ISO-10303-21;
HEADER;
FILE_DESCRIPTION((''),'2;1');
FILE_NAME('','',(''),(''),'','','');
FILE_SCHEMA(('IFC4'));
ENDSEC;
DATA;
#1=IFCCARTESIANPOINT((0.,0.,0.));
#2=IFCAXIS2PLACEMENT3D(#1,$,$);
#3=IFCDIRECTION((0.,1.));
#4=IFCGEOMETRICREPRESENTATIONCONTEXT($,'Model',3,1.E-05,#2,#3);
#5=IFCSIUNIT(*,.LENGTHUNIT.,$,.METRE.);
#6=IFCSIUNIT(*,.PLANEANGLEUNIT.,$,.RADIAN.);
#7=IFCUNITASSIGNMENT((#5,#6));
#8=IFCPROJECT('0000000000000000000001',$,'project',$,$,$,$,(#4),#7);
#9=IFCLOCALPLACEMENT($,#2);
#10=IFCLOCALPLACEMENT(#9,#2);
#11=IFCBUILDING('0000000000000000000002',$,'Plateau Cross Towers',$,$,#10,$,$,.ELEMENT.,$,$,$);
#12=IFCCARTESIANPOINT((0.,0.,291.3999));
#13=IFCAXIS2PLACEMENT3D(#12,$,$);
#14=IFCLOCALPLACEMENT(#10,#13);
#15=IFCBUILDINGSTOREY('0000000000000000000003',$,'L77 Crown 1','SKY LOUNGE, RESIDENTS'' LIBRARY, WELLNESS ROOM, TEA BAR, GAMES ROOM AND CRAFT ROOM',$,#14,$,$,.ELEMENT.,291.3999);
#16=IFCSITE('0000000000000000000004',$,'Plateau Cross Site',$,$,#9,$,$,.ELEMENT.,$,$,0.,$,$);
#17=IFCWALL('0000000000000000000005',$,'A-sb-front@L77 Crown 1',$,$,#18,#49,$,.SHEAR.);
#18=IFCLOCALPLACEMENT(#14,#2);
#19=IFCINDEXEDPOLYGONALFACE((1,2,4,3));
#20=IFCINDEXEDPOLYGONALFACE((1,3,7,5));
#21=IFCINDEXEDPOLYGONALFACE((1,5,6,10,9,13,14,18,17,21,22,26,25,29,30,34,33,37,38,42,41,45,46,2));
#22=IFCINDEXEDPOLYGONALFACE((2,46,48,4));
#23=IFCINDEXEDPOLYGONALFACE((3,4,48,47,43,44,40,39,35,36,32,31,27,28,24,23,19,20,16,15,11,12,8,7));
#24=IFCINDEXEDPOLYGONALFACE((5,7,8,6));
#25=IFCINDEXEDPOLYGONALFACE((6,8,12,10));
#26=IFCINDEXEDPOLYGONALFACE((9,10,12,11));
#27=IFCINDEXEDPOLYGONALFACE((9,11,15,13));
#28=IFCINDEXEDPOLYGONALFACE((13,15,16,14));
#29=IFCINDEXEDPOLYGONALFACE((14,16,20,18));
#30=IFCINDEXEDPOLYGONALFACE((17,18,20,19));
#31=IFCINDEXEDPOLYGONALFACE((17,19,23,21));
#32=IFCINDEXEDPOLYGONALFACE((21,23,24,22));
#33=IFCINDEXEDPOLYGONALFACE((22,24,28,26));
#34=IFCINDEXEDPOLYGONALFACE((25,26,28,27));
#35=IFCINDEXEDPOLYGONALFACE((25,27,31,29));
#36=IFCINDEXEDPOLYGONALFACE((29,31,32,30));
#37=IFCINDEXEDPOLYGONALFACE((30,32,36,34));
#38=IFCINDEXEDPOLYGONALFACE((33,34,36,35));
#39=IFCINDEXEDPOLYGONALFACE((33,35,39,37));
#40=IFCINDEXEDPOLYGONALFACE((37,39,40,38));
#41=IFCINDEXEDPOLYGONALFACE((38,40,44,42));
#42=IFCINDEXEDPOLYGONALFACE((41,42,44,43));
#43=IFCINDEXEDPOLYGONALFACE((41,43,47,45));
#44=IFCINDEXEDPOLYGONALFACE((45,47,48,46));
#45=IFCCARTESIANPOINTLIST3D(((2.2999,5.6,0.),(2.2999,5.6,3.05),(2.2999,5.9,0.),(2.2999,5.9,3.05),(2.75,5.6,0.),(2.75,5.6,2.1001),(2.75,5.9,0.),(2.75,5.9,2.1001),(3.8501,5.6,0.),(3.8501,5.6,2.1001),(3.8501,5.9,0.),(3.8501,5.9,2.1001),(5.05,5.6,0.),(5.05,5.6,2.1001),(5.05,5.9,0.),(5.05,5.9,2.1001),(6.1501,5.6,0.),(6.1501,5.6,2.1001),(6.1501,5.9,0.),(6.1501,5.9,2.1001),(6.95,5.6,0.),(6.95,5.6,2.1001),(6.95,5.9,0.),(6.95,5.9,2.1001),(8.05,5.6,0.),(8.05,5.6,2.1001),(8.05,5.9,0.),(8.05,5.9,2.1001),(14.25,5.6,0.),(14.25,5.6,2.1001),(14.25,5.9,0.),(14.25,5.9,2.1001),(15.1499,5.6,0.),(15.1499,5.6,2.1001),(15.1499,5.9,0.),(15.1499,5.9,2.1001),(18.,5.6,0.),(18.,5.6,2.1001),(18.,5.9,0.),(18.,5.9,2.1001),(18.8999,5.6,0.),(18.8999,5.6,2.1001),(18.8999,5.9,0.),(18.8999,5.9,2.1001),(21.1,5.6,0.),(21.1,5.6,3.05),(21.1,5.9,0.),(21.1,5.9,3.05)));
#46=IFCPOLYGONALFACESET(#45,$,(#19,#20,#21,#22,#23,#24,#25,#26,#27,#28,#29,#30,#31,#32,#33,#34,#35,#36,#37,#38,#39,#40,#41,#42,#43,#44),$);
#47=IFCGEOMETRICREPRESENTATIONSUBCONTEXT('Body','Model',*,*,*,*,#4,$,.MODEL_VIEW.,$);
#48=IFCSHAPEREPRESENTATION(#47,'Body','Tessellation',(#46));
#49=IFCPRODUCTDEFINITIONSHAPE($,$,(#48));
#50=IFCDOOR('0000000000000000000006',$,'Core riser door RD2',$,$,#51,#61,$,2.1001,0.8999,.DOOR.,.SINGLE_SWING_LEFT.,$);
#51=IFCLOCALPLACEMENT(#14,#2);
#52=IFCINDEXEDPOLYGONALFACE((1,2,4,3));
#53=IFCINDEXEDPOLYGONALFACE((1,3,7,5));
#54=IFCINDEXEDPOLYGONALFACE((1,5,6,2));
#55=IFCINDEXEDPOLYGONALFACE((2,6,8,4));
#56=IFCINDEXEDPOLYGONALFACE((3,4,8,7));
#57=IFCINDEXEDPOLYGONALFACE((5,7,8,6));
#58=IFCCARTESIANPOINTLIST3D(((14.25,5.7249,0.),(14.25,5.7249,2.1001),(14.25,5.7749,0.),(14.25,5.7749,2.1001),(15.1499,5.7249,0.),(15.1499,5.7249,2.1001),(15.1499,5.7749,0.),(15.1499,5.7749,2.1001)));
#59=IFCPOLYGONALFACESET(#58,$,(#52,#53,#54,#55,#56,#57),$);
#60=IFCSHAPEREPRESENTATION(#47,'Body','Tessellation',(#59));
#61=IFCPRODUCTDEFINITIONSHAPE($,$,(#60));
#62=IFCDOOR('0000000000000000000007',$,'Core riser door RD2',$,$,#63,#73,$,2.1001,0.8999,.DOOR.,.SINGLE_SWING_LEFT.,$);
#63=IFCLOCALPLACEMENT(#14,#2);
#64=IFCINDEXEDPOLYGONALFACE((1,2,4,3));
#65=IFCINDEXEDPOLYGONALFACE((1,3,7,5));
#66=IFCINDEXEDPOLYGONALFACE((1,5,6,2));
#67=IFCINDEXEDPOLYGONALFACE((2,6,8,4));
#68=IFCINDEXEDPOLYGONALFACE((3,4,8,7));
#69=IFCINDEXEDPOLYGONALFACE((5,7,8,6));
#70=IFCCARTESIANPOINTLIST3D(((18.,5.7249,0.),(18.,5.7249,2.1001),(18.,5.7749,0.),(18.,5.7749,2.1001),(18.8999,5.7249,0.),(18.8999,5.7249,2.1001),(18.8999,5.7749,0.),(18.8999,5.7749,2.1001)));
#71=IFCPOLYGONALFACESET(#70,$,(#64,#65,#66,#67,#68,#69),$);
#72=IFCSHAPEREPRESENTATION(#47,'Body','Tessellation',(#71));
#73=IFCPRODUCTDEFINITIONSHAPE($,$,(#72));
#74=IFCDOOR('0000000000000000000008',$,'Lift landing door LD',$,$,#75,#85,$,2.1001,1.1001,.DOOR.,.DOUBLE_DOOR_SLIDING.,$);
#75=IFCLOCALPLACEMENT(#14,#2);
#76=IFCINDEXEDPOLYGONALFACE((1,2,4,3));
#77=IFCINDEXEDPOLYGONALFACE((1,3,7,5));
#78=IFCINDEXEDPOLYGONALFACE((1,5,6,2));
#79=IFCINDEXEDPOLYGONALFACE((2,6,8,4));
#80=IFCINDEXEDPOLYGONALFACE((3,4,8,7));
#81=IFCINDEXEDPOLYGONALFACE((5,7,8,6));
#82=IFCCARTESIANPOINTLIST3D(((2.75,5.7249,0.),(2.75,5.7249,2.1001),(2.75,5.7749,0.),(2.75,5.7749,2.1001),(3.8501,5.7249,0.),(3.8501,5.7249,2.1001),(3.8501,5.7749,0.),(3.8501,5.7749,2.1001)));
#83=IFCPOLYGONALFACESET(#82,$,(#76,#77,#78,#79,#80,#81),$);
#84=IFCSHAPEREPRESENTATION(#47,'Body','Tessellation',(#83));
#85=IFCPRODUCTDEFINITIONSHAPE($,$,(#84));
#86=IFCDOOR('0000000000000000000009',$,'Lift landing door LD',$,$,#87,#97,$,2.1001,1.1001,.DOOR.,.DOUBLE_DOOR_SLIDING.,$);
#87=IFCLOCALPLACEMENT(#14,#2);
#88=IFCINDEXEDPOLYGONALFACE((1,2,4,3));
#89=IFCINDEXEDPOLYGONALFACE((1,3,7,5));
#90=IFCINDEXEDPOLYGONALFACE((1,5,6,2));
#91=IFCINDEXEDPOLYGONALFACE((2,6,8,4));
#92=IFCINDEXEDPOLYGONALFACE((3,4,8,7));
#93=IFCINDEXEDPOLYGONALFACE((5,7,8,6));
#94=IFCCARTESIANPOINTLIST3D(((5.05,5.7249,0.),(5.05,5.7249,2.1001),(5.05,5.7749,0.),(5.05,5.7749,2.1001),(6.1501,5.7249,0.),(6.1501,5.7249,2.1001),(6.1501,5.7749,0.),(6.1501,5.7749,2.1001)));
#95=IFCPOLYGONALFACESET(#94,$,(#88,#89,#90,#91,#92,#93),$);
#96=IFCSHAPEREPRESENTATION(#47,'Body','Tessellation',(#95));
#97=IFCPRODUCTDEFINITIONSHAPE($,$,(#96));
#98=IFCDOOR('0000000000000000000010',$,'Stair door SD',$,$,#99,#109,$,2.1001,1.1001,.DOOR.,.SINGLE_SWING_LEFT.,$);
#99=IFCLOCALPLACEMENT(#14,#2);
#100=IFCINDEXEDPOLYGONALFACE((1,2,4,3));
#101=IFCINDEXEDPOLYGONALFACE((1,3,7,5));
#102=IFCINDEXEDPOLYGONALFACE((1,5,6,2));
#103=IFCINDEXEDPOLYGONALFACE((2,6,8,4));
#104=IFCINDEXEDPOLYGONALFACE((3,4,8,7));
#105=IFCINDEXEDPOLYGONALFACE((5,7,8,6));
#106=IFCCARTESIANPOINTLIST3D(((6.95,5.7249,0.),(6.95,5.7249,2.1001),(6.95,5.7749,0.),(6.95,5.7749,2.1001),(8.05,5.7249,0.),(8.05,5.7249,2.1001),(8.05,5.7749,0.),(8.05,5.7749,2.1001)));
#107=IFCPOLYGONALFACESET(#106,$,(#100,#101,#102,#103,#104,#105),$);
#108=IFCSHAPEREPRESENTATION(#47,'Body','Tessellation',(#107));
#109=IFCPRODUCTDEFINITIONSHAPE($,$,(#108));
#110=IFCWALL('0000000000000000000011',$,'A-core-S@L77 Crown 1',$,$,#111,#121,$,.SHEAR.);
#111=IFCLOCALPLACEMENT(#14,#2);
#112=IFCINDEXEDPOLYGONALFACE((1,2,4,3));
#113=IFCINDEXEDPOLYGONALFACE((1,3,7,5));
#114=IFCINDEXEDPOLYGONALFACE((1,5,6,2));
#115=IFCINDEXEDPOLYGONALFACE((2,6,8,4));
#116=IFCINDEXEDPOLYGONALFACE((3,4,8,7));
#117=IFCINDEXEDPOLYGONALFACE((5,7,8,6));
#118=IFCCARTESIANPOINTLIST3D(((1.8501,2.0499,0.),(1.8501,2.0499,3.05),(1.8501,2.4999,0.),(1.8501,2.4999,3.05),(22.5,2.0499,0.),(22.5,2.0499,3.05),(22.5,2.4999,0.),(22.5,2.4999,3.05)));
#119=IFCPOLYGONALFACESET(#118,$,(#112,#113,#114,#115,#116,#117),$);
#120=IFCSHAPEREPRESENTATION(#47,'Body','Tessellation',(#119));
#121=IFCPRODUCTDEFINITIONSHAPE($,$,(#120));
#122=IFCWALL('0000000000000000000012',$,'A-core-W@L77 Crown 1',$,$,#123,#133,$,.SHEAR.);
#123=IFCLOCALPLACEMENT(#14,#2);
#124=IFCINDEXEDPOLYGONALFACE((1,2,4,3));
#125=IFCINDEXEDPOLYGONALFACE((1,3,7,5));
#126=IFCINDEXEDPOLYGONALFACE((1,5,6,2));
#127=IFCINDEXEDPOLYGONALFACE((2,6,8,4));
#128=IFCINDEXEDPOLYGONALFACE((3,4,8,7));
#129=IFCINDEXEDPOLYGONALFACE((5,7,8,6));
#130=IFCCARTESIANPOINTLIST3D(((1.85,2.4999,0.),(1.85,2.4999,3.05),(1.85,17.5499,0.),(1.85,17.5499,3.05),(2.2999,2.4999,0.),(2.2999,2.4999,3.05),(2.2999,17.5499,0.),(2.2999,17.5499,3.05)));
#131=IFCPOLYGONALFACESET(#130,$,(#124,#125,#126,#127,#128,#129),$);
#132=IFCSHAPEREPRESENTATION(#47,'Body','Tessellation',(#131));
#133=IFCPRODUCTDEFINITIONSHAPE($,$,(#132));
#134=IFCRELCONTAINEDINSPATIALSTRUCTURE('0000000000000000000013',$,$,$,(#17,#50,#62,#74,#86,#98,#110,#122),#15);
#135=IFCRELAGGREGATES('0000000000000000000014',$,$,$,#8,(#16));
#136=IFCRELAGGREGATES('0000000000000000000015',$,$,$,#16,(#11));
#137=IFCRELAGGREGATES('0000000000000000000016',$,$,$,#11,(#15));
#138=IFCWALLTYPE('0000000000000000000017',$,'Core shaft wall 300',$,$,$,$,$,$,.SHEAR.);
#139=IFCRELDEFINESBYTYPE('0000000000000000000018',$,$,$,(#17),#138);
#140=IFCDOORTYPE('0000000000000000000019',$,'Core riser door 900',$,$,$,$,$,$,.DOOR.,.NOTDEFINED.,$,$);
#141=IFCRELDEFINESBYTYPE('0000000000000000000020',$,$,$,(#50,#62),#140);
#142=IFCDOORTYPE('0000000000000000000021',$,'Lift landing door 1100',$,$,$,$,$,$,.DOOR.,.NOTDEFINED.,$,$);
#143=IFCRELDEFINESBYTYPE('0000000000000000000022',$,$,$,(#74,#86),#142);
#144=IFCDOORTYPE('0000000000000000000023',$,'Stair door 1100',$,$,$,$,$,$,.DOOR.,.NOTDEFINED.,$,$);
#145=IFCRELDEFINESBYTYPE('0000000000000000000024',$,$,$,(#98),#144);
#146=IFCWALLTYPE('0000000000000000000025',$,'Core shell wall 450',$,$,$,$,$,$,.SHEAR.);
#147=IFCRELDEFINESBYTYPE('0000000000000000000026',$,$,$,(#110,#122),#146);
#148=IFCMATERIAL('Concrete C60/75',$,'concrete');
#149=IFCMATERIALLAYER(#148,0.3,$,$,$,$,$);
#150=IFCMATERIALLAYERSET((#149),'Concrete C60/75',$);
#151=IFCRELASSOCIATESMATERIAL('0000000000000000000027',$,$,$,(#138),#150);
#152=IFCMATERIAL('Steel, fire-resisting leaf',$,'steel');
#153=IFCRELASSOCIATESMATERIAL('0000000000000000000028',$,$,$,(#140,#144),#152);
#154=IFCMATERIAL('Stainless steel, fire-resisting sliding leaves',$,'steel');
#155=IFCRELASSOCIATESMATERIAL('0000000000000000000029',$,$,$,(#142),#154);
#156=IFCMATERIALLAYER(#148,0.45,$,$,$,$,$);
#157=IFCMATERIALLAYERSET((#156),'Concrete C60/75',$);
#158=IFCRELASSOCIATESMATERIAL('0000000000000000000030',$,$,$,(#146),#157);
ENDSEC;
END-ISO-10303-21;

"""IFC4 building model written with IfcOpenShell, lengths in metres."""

from ifc_helpers import new_model, si_unit, direction, frame, frame_2d, origin, place, context, subcontext, project, spatial, rectangle, extrude, material, layer, layer_set, type_object, element, fill, save


model = new_model("IFC4")

# Units and contexts
model_context = context("Model", 3, precision=1e-05, world=origin(), true_north=direction((0.0, 1.0)))
body_context = subcontext(model_context, "Body", "Model", "MODEL_VIEW")
ifc_project = project(units=[si_unit("LENGTHUNIT", "METRE"), si_unit("PLANEANGLEUNIT", "RADIAN")], contexts=[model_context])

# Site, building, storey
site_placement = place(None, origin())
site = spatial("IfcSite", under=ifc_project, at=site_placement, Name="Plateau Cross Site", CompositionType="ELEMENT", RefElevation=0.0)
building_placement = place(site_placement, origin())
building = spatial("IfcBuilding", under=site, at=building_placement, Name="Plateau Cross Towers", CompositionType="ELEMENT")
storey_placement = place(building_placement, frame((0.0, 0.0, 291.3999)))
storey = spatial("IfcBuildingStorey", under=building, at=storey_placement, Name="L77 Crown 1", Description="SKY LOUNGE, RESIDENTS' LIBRARY, WELLNESS ROOM, TEA BAR, GAMES ROOM AND CRAFT ROOM", CompositionType="ELEMENT", Elevation=291.3999)

# Shared definitions
ifc_material_1 = material(Name="Concrete C60/75", Category="concrete")

# Shared definitions
ifc_layer_1 = layer(ifc_material_1, 0.3)
ifc_layer_set_1 = layer_set([ifc_layer_1], Name="Concrete C60/75")
wall_type_1 = type_object("IfcWallType", Name="Core shaft wall 300", PredefinedType="SHEAR", material=ifc_layer_set_1)

# Wall, openings, doors
wall_1_placement = place(storey_placement, frame((2.3, 5.75, 0.0), z_axis=(0.0, 0.0, 1.0), x_axis=(1.0, 0.0, 0.0)))
wall_1 = element("IfcWall", 1, at=wall_1_placement, inside=storey, type_object=wall_type_1, Name="A-sb-front@L77 Crown 1", PredefinedType="SHEAR", context=body_context, shape_type="SweptSolid", body=[
    extrude(rectangle(XDim=18.8, YDim=0.3, at=frame_2d((9.3999, 0.0))), origin(), (0.0, 0.0, 1.0), 3.05),
])
opening_1_placement = place(wall_1_placement, frame((4.6499, 0.0, 0.0)))
opening_1 = element("IfcOpeningElement", 2, at=opening_1_placement, cuts=wall_1, PredefinedType="OPENING", context=body_context, shape_type="SweptSolid", body=[
    extrude(rectangle(XDim=1.1001, YDim=2.1001, at=frame_2d((0.55, 1.05))), frame((0.0, 0.1599, 0.0), z_axis=(0.0, -1.0, 0.0), x_axis=(1.0, 0.0, 0.0)), (0.0, 0.0, 1.0), 0.3201),
])
opening_2_placement = place(wall_1_placement, frame((0.45, 0.0, 0.0)))
opening_2 = element("IfcOpeningElement", 3, at=opening_2_placement, cuts=wall_1, PredefinedType="OPENING", context=body_context, shape_type="SweptSolid", body=[
    extrude(rectangle(XDim=1.1001, YDim=2.1001, at=frame_2d((0.55, 1.05))), frame((0.0, 0.1599, 0.0), z_axis=(0.0, -1.0, 0.0), x_axis=(1.0, 0.0, 0.0)), (0.0, 0.0, 1.0), 0.3201),
])
opening_3_placement = place(wall_1_placement, frame((2.75, 0.0, 0.0)))
opening_3 = element("IfcOpeningElement", 4, at=opening_3_placement, cuts=wall_1, PredefinedType="OPENING", context=body_context, shape_type="SweptSolid", body=[
    extrude(rectangle(XDim=1.1001, YDim=2.1001, at=frame_2d((0.55, 1.05))), frame((0.0, 0.1599, 0.0), z_axis=(0.0, -1.0, 0.0), x_axis=(1.0, 0.0, 0.0)), (0.0, 0.0, 1.0), 0.3201),
])
opening_4_placement = place(wall_1_placement, frame((11.95, 0.0, 0.0)))
opening_4 = element("IfcOpeningElement", 5, at=opening_4_placement, cuts=wall_1, PredefinedType="OPENING", context=body_context, shape_type="SweptSolid", body=[
    extrude(rectangle(XDim=0.8999, YDim=2.1001, at=frame_2d((0.45, 1.05))), frame((0.0, 0.1599, 0.0), z_axis=(0.0, -1.0, 0.0), x_axis=(1.0, 0.0, 0.0)), (0.0, 0.0, 1.0), 0.3201),
])
opening_5_placement = place(wall_1_placement, frame((15.7, 0.0, 0.0)))
opening_5 = element("IfcOpeningElement", 6, at=opening_5_placement, cuts=wall_1, PredefinedType="OPENING", context=body_context, shape_type="SweptSolid", body=[
    extrude(rectangle(XDim=0.8999, YDim=2.1001, at=frame_2d((0.45, 1.05))), frame((0.0, 0.1599, 0.0), z_axis=(0.0, -1.0, 0.0), x_axis=(1.0, 0.0, 0.0)), (0.0, 0.0, 1.0), 0.3201),
])
ifc_material_2 = material(Name="Steel, fire-resisting leaf", Category="steel")
door_type_1 = type_object("IfcDoorType", Name="Core riser door 900", OperationType="NOTDEFINED", PredefinedType="DOOR", material=ifc_material_2)
door_1_placement = place(opening_4_placement, origin())
door_1 = element("IfcDoor", 7, at=door_1_placement, inside=storey, type_object=door_type_1, Name="Core riser door RD2", OperationType="SINGLE_SWING_LEFT", OverallHeight=2.1001, OverallWidth=0.8999, PredefinedType="DOOR", context=body_context, shape_type="SweptSolid", body=[
    extrude(rectangle(XDim=0.8999, YDim=2.1001, at=frame_2d((0.45, 1.05))), frame((0.0, 0.0249, 0.0), z_axis=(0.0, -1.0, 0.0), x_axis=(1.0, 0.0, 0.0)), (0.0, 0.0, 1.0), 0.05),
])
fill(opening_4, door_1)
door_2_placement = place(opening_5_placement, origin())
door_2 = element("IfcDoor", 8, at=door_2_placement, inside=storey, type_object=door_type_1, Name="Core riser door RD2", OperationType="SINGLE_SWING_LEFT", OverallHeight=2.1001, OverallWidth=0.8999, PredefinedType="DOOR", context=body_context, shape_type="SweptSolid", body=[
    extrude(rectangle(XDim=0.8999, YDim=2.1001, at=frame_2d((0.45, 1.05))), frame((0.0, 0.0249, 0.0), z_axis=(0.0, -1.0, 0.0), x_axis=(1.0, 0.0, 0.0)), (0.0, 0.0, 1.0), 0.05),
])
fill(opening_5, door_2)
ifc_material_3 = material(Name="Stainless steel, fire-resisting sliding leaves", Category="steel")
door_type_2 = type_object("IfcDoorType", Name="Lift landing door 1100", OperationType="NOTDEFINED", PredefinedType="DOOR", material=ifc_material_3)
door_3_placement = place(opening_2_placement, origin())
door_3 = element("IfcDoor", 9, at=door_3_placement, inside=storey, type_object=door_type_2, Name="Lift landing door LD", OperationType="DOUBLE_DOOR_SLIDING", OverallHeight=2.1001, OverallWidth=1.1001, PredefinedType="DOOR", context=body_context, shape_type="SweptSolid", body=[
    extrude(rectangle(XDim=1.1001, YDim=2.1001, at=frame_2d((0.55, 1.05))), frame((0.0, 0.0249, 0.0), z_axis=(0.0, -1.0, 0.0), x_axis=(1.0, 0.0, 0.0)), (0.0, 0.0, 1.0), 0.05),
])
fill(opening_2, door_3)
door_4_placement = place(opening_3_placement, origin())
door_4 = element("IfcDoor", 10, at=door_4_placement, inside=storey, type_object=door_type_2, Name="Lift landing door LD", OperationType="DOUBLE_DOOR_SLIDING", OverallHeight=2.1001, OverallWidth=1.1001, PredefinedType="DOOR", context=body_context, shape_type="SweptSolid", body=[
    extrude(rectangle(XDim=1.1001, YDim=2.1001, at=frame_2d((0.55, 1.05))), frame((0.0, 0.0249, 0.0), z_axis=(0.0, -1.0, 0.0), x_axis=(1.0, 0.0, 0.0)), (0.0, 0.0, 1.0), 0.05),
])
fill(opening_3, door_4)
door_type_3 = type_object("IfcDoorType", Name="Stair door 1100", OperationType="NOTDEFINED", PredefinedType="DOOR", material=ifc_material_2)
door_5_placement = place(opening_1_placement, origin())
door_5 = element("IfcDoor", 11, at=door_5_placement, inside=storey, type_object=door_type_3, Name="Stair door SD", OperationType="SINGLE_SWING_LEFT", OverallHeight=2.1001, OverallWidth=1.1001, PredefinedType="DOOR", context=body_context, shape_type="SweptSolid", body=[
    extrude(rectangle(XDim=1.1001, YDim=2.1001, at=frame_2d((0.55, 1.05))), frame((0.0, 0.0249, 0.0), z_axis=(0.0, -1.0, 0.0), x_axis=(1.0, 0.0, 0.0)), (0.0, 0.0, 1.0), 0.05),
])
fill(opening_1, door_5)

# Walls
ifc_layer_2 = layer(ifc_material_1, 0.45)
ifc_layer_set_2 = layer_set([ifc_layer_2], Name="Concrete C60/75")
wall_type_2 = type_object("IfcWallType", Name="Core shell wall 450", PredefinedType="SHEAR", material=ifc_layer_set_2)
wall_2_placement = place(storey_placement, frame((1.8501, 2.2749, 0.0), z_axis=(0.0, 0.0, 1.0), x_axis=(1.0, 0.0, 0.0)))
element("IfcWall", 12, at=wall_2_placement, inside=storey, type_object=wall_type_2, Name="A-core-S@L77 Crown 1", PredefinedType="SHEAR", context=body_context, shape_type="SweptSolid", body=[
    extrude(rectangle(XDim=20.6499, YDim=0.45, at=frame_2d((10.325, 0.0))), origin(), (0.0, 0.0, 1.0), 3.05),
])
wall_3_placement = place(storey_placement, frame((2.075, 2.5, 0.0), z_axis=(0.0, 0.0, 1.0), x_axis=(0.0, 1.0, 0.0)))
element("IfcWall", 13, at=wall_3_placement, inside=storey, type_object=wall_type_2, Name="A-core-W@L77 Crown 1", PredefinedType="SHEAR", context=body_context, shape_type="SweptSolid", body=[
    extrude(rectangle(XDim=15.05, YDim=0.45, at=frame_2d((7.5249, 0.0))), origin(), (0.0, 0.0, 1.0), 3.05),
])

save(model, "model.ifc")
